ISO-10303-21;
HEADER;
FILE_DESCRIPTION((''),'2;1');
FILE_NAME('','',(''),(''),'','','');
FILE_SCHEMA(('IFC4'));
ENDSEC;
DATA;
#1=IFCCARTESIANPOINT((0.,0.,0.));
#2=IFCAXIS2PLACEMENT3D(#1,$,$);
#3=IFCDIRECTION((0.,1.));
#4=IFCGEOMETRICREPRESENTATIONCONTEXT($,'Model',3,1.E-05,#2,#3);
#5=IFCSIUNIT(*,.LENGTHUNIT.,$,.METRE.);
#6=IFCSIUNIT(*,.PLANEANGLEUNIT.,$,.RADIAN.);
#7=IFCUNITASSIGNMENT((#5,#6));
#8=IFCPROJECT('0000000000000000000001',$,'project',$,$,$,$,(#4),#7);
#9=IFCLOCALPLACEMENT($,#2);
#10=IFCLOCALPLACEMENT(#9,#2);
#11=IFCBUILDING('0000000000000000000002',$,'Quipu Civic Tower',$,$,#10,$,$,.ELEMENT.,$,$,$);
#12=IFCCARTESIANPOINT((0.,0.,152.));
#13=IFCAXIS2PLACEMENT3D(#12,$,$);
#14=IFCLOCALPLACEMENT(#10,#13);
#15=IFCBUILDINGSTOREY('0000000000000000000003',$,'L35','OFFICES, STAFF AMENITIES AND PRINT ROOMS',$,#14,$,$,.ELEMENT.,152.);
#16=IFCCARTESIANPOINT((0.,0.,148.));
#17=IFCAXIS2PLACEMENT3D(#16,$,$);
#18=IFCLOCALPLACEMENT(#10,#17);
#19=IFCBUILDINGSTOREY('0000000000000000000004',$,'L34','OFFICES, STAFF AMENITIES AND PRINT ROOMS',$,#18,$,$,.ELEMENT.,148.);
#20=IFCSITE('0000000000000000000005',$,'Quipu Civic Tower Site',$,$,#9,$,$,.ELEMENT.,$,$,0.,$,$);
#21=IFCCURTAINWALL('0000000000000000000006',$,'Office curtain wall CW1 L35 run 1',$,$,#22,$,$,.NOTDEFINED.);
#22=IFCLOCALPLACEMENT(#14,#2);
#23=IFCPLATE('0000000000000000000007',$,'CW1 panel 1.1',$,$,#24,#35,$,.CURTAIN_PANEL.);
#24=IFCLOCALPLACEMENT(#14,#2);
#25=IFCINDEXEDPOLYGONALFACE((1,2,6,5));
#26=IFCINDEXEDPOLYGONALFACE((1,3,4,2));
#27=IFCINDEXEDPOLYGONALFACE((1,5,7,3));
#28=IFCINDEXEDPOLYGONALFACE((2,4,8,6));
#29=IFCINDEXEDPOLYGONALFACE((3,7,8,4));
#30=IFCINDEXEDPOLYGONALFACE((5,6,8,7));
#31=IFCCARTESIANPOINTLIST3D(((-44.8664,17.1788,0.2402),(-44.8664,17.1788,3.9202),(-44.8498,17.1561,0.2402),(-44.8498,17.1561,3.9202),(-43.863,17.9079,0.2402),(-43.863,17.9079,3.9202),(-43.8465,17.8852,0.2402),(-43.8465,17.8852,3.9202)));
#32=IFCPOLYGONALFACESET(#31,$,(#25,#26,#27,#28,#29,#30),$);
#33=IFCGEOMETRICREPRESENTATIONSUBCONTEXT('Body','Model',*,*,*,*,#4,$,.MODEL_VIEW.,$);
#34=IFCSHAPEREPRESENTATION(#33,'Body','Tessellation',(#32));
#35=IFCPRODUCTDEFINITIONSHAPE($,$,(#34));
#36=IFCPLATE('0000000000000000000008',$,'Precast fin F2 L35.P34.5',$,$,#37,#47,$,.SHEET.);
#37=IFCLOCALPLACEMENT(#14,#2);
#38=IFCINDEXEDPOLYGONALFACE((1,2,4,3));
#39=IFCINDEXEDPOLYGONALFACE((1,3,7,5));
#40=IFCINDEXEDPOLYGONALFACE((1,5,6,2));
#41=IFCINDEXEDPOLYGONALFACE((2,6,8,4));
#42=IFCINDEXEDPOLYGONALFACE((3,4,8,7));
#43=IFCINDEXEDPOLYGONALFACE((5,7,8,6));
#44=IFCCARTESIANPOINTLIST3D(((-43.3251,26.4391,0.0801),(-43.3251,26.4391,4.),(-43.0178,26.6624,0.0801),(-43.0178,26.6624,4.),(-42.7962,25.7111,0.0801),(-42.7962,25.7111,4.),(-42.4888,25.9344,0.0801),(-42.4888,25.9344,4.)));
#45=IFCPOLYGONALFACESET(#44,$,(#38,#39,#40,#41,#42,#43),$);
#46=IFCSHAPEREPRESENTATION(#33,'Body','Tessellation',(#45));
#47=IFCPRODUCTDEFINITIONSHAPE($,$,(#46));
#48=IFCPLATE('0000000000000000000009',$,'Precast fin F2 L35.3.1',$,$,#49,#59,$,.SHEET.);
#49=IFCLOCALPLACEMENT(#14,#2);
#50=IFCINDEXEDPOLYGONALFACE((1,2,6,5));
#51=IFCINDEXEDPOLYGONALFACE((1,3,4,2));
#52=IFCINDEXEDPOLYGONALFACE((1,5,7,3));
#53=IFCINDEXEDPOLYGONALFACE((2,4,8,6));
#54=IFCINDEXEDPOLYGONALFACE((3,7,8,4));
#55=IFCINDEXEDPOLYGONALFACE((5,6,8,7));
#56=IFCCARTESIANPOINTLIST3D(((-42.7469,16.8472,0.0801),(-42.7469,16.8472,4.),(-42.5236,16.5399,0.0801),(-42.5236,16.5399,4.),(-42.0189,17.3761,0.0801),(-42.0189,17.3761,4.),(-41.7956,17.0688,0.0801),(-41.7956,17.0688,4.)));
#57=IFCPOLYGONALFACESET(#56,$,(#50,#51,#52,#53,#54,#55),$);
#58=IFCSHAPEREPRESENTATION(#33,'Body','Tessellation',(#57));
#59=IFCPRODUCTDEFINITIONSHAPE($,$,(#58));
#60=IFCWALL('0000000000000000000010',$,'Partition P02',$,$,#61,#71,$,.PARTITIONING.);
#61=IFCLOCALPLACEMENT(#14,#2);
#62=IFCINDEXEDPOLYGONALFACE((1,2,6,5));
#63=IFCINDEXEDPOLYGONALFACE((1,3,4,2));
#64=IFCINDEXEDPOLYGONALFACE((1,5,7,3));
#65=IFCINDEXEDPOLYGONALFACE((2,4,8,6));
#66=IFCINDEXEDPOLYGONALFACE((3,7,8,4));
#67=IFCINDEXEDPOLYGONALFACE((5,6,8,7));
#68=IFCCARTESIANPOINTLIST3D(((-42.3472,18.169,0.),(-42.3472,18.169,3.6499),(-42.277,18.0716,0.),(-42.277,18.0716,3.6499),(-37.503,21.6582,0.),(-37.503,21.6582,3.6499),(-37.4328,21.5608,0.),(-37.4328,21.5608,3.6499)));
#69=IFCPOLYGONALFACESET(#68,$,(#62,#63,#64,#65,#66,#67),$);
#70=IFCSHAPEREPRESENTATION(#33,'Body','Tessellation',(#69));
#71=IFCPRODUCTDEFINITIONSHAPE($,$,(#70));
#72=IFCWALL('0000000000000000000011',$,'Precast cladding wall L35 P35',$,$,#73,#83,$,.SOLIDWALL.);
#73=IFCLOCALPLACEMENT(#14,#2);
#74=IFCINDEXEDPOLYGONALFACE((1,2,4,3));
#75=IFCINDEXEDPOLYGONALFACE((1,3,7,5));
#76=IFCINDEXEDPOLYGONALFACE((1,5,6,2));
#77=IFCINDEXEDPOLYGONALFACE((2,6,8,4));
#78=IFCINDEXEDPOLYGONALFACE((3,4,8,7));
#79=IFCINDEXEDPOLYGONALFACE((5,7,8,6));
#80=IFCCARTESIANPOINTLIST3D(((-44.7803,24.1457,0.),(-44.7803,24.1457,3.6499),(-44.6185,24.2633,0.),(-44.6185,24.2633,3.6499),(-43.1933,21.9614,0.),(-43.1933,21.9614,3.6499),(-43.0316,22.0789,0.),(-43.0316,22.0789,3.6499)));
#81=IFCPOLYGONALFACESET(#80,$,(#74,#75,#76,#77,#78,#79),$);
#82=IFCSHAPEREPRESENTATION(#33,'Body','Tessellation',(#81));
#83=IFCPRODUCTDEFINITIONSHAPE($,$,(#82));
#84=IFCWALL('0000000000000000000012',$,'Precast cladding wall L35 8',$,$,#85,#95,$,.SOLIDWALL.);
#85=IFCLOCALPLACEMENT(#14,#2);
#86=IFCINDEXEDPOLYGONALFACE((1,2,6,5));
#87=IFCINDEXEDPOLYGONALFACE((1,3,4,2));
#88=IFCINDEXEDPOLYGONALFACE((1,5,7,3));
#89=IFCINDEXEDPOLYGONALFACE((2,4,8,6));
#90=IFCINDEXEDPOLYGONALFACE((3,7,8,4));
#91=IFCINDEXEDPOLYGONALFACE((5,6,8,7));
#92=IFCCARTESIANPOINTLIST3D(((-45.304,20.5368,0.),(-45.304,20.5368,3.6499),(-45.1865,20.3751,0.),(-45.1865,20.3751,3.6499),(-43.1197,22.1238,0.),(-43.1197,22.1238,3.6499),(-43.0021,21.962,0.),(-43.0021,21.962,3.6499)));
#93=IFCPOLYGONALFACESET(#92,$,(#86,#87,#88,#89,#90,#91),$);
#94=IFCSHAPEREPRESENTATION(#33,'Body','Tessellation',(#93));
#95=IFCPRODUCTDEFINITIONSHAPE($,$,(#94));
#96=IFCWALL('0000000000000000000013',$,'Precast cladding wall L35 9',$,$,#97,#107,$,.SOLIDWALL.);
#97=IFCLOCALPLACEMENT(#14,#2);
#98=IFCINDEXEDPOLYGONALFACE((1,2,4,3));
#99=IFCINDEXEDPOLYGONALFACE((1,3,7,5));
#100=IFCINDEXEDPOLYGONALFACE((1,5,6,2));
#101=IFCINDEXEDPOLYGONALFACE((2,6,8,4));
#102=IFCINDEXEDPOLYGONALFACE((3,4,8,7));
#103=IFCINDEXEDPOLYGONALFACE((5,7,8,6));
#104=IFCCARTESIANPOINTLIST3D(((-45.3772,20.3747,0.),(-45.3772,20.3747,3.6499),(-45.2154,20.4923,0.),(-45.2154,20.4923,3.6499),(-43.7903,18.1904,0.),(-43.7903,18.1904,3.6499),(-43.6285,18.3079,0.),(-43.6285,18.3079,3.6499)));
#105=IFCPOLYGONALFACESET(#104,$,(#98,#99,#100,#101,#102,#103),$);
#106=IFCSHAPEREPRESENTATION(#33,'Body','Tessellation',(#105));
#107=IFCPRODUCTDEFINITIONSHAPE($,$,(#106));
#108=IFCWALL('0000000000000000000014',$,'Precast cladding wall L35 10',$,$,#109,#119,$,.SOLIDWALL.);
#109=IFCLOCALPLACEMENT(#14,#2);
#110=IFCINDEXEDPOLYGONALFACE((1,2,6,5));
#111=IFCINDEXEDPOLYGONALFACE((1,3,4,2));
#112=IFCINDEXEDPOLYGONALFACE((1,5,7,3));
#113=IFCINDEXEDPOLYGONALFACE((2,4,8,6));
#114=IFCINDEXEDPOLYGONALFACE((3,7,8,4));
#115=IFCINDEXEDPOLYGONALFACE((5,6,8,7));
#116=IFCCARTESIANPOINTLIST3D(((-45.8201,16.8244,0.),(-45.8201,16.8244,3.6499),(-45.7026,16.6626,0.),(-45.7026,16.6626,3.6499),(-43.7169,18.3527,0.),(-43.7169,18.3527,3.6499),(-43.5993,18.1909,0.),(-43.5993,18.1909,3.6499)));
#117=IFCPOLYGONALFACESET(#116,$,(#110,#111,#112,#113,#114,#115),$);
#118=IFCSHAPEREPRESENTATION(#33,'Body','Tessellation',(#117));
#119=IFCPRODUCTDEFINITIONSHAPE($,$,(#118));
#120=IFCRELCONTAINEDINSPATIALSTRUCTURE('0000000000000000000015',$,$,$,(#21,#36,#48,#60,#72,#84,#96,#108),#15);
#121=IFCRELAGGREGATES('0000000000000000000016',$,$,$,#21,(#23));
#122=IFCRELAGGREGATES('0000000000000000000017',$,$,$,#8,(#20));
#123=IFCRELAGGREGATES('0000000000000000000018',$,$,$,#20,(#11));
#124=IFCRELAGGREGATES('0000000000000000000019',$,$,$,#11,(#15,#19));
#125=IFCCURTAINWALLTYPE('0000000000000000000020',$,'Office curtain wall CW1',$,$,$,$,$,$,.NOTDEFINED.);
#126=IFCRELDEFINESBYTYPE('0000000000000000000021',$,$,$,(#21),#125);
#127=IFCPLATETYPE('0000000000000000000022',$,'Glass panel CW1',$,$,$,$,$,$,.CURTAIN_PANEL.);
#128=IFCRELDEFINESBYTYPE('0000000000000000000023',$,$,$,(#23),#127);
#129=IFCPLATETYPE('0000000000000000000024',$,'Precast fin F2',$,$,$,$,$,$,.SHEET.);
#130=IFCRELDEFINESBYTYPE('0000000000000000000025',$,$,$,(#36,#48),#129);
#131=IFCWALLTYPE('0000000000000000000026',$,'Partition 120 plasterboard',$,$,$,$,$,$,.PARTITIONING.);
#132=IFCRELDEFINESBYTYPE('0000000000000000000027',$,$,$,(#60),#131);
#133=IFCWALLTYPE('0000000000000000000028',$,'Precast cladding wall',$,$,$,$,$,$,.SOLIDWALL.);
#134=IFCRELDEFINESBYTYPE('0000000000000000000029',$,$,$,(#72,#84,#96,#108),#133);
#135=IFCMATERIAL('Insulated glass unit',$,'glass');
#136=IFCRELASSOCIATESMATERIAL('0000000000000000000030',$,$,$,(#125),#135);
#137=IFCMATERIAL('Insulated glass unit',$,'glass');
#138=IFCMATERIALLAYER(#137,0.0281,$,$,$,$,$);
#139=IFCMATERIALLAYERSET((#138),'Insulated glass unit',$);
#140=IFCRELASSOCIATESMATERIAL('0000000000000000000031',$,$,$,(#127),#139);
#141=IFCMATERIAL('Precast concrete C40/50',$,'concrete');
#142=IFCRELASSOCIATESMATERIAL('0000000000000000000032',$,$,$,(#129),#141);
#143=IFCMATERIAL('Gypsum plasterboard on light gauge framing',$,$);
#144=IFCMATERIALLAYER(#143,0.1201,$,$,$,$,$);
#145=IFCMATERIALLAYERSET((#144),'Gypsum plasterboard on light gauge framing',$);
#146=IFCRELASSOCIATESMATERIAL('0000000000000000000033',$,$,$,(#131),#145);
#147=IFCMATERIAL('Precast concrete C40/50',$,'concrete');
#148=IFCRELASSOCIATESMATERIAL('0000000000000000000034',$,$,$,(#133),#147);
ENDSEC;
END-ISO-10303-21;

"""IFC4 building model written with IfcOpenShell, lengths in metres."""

from ifc_helpers import new_model, si_unit, direction, frame, frame_2d, origin, origin_2d, place, context, subcontext, project, spatial, rectangle, extrude, material, layer, layer_set, type_object, element, aggregate, save


model = new_model("IFC4")

# Units and contexts
model_context = context("Model", 3, precision=1e-05, world=origin(), true_north=direction((0.0, 1.0)))
body_context = subcontext(model_context, "Body", "Model", "MODEL_VIEW")
ifc_project = project(units=[si_unit("LENGTHUNIT", "METRE"), si_unit("PLANEANGLEUNIT", "RADIAN")], contexts=[model_context])

# Site, building, storey
site_placement = place(None, origin())
site = spatial("IfcSite", under=ifc_project, at=site_placement, Name="Quipu Civic Tower Site", CompositionType="ELEMENT", RefElevation=0.0)
building_placement = place(site_placement, origin())
building = spatial("IfcBuilding", under=site, at=building_placement, Name="Quipu Civic Tower", CompositionType="ELEMENT")
storey_1_placement = place(building_placement, frame((0.0, 0.0, 152.0)))
storey_1 = spatial("IfcBuildingStorey", under=building, at=storey_1_placement, Name="L35", Description="OFFICES, STAFF AMENITIES AND PRINT ROOMS", CompositionType="ELEMENT", Elevation=152.0)

# Curtain wall
ifc_material_1 = material(Name="Insulated glass unit", Category="glass")
curtain_wall_type = type_object("IfcCurtainWallType", Name="Office curtain wall CW1", PredefinedType="NOTDEFINED", material=ifc_material_1)
curtain_wall_1_placement = place(storey_1_placement, origin())
curtain_wall_1 = element("IfcCurtainWall", 1, at=curtain_wall_1_placement, inside=storey_1, type_object=curtain_wall_type, Name="Office curtain wall CW1 L35 run 1", PredefinedType="NOTDEFINED")

# Shared definitions
storey_2_placement = place(building_placement, frame((0.0, 0.0, 148.0)))
storey_2 = spatial("IfcBuildingStorey", under=building, at=storey_2_placement, Name="L34", Description="OFFICES, STAFF AMENITIES AND PRINT ROOMS", CompositionType="ELEMENT", Elevation=148.0)

# Plate
ifc_material_2 = material(Name="Insulated glass unit", Category="glass")
ifc_layer_1 = layer(ifc_material_2, 0.0281)
ifc_layer_set_1 = layer_set([ifc_layer_1], Name="Insulated glass unit")
plate_type_1 = type_object("IfcPlateType", Name="Glass panel CW1", PredefinedType="CURTAIN_PANEL", material=ifc_layer_set_1)
plate_placement = place(storey_1_placement, frame((-44.3564, 17.532, 0.2402), z_axis=(0.0, 0.0, 1.0), x_axis=(0.808968, 0.587853, 0.0)))
plate = element("IfcPlate", 2, at=plate_placement, type_object=plate_type_1, Name="CW1 panel 1.1", PredefinedType="CURTAIN_PANEL", context=body_context, shape_type="SweptSolid", body=[
    extrude(rectangle(XDim=1.2402, YDim=0.0281, at=origin_2d()), origin(), (0.0, 0.0, 1.0), 3.6799),
])
aggregate(curtain_wall_1, [plate])

# Plates
ifc_material_3 = material(Name="Precast concrete C40/50", Category="concrete")
plate_type_2 = type_object("IfcPlateType", Name="Precast fin F2", PredefinedType="SHEET", material=ifc_material_3)
for number, where, z_axis, x_axis, name in (
    (3, (-42.907, 26.1868, 0.0801), (0.0, 0.0, 1.0), (-0.809017, -0.587785, 0.0), "Precast fin F2 L35.P34.5"),
    (4, (-42.2712, 16.958, 0.0801), (0.0, 0.0, 1.0), (0.587784, -0.809018, 0.0), "Precast fin F2 L35.3.1"),
):
    element("IfcPlate", number, at=place(storey_1_placement, frame(where, z_axis=z_axis, x_axis=x_axis)), inside=storey_1, type_object=plate_type_2, Name=name, PredefinedType="SHEET", context=body_context, shape_type="SweptSolid", body=[
        extrude(rectangle(XDim=0.3799, YDim=0.8999, at=origin_2d()), origin(), (0.0, 0.0, 1.0), 3.9199),
    ])

# Walls
ifc_material_4 = material(Name="Gypsum plasterboard on light gauge framing")
ifc_layer_2 = layer(ifc_material_4, 0.1201)
ifc_layer_set_2 = layer_set([ifc_layer_2], Name="Gypsum plasterboard on light gauge framing")
wall_type_1 = type_object("IfcWallType", Name="Partition 120 plasterboard", PredefinedType="PARTITIONING", material=ifc_layer_set_2)
wall_1_placement = place(storey_1_placement, frame((-42.312, 18.1204, 0.0), z_axis=(0.0, 0.0, 1.0), x_axis=(0.811423, 0.58446, 0.0)))
element("IfcWall", 5, at=wall_1_placement, inside=storey_1, type_object=wall_type_1, Name="Partition P02", PredefinedType="PARTITIONING", context=body_context, shape_type="SweptSolid", body=[
    extrude(rectangle(XDim=5.97, YDim=0.1201, at=frame_2d((2.9849, 0.0))), origin(), (0.0, 0.0, 1.0), 3.6499),
])
ifc_material_5 = material(Name="Precast concrete C40/50", Category="concrete")
wall_type_2 = type_object("IfcWallType", Name="Precast cladding wall", PredefinedType="SOLIDWALL", material=ifc_material_5)
for number, where, z_axis, x_axis, name in (
    (6, (-44.6995, 24.2046, 0.0), (0.0, 0.0, 1.0), (0.587763, -0.809033, 0.0), "Precast cladding wall L35 P35"),
    (7, (-43.0608, 22.043, 0.0), (0.0, 0.0, 1.0), (-0.809033, -0.587763, 0.0), "Precast cladding wall L35 8"),
    (8, (-45.2964, 20.4336, 0.0), (0.0, 0.0, 1.0), (0.587763, -0.809033, 0.0), "Precast cladding wall L35 9"),
):
    element("IfcWall", number, at=place(storey_1_placement, frame(where, z_axis=z_axis, x_axis=x_axis)), inside=storey_1, type_object=wall_type_2, Name=name, PredefinedType="SOLIDWALL", context=body_context, shape_type="SweptSolid", body=[
        extrude(rectangle(XDim=2.7, YDim=0.2, at=frame_2d((1.3501, 0.0))), origin(), (0.0, 0.0, 1.0), 3.6499),
    ])
wall_2_placement = place(storey_1_placement, frame((-43.6582, 18.2717, 0.0), z_axis=(0.0, 0.0, 1.0), x_axis=(-0.80898, -0.587837, 0.0)))
element("IfcWall", 9, at=wall_2_placement, inside=storey_1, type_object=wall_type_2, Name="Precast cladding wall L35 10", PredefinedType="SOLIDWALL", context=body_context, shape_type="SweptSolid", body=[
    extrude(rectangle(XDim=2.5999, YDim=0.2, at=frame_2d((1.2998, 0.0))), origin(), (0.0, 0.0, 1.0), 3.6499),
])

save(model, "model.ifc")
